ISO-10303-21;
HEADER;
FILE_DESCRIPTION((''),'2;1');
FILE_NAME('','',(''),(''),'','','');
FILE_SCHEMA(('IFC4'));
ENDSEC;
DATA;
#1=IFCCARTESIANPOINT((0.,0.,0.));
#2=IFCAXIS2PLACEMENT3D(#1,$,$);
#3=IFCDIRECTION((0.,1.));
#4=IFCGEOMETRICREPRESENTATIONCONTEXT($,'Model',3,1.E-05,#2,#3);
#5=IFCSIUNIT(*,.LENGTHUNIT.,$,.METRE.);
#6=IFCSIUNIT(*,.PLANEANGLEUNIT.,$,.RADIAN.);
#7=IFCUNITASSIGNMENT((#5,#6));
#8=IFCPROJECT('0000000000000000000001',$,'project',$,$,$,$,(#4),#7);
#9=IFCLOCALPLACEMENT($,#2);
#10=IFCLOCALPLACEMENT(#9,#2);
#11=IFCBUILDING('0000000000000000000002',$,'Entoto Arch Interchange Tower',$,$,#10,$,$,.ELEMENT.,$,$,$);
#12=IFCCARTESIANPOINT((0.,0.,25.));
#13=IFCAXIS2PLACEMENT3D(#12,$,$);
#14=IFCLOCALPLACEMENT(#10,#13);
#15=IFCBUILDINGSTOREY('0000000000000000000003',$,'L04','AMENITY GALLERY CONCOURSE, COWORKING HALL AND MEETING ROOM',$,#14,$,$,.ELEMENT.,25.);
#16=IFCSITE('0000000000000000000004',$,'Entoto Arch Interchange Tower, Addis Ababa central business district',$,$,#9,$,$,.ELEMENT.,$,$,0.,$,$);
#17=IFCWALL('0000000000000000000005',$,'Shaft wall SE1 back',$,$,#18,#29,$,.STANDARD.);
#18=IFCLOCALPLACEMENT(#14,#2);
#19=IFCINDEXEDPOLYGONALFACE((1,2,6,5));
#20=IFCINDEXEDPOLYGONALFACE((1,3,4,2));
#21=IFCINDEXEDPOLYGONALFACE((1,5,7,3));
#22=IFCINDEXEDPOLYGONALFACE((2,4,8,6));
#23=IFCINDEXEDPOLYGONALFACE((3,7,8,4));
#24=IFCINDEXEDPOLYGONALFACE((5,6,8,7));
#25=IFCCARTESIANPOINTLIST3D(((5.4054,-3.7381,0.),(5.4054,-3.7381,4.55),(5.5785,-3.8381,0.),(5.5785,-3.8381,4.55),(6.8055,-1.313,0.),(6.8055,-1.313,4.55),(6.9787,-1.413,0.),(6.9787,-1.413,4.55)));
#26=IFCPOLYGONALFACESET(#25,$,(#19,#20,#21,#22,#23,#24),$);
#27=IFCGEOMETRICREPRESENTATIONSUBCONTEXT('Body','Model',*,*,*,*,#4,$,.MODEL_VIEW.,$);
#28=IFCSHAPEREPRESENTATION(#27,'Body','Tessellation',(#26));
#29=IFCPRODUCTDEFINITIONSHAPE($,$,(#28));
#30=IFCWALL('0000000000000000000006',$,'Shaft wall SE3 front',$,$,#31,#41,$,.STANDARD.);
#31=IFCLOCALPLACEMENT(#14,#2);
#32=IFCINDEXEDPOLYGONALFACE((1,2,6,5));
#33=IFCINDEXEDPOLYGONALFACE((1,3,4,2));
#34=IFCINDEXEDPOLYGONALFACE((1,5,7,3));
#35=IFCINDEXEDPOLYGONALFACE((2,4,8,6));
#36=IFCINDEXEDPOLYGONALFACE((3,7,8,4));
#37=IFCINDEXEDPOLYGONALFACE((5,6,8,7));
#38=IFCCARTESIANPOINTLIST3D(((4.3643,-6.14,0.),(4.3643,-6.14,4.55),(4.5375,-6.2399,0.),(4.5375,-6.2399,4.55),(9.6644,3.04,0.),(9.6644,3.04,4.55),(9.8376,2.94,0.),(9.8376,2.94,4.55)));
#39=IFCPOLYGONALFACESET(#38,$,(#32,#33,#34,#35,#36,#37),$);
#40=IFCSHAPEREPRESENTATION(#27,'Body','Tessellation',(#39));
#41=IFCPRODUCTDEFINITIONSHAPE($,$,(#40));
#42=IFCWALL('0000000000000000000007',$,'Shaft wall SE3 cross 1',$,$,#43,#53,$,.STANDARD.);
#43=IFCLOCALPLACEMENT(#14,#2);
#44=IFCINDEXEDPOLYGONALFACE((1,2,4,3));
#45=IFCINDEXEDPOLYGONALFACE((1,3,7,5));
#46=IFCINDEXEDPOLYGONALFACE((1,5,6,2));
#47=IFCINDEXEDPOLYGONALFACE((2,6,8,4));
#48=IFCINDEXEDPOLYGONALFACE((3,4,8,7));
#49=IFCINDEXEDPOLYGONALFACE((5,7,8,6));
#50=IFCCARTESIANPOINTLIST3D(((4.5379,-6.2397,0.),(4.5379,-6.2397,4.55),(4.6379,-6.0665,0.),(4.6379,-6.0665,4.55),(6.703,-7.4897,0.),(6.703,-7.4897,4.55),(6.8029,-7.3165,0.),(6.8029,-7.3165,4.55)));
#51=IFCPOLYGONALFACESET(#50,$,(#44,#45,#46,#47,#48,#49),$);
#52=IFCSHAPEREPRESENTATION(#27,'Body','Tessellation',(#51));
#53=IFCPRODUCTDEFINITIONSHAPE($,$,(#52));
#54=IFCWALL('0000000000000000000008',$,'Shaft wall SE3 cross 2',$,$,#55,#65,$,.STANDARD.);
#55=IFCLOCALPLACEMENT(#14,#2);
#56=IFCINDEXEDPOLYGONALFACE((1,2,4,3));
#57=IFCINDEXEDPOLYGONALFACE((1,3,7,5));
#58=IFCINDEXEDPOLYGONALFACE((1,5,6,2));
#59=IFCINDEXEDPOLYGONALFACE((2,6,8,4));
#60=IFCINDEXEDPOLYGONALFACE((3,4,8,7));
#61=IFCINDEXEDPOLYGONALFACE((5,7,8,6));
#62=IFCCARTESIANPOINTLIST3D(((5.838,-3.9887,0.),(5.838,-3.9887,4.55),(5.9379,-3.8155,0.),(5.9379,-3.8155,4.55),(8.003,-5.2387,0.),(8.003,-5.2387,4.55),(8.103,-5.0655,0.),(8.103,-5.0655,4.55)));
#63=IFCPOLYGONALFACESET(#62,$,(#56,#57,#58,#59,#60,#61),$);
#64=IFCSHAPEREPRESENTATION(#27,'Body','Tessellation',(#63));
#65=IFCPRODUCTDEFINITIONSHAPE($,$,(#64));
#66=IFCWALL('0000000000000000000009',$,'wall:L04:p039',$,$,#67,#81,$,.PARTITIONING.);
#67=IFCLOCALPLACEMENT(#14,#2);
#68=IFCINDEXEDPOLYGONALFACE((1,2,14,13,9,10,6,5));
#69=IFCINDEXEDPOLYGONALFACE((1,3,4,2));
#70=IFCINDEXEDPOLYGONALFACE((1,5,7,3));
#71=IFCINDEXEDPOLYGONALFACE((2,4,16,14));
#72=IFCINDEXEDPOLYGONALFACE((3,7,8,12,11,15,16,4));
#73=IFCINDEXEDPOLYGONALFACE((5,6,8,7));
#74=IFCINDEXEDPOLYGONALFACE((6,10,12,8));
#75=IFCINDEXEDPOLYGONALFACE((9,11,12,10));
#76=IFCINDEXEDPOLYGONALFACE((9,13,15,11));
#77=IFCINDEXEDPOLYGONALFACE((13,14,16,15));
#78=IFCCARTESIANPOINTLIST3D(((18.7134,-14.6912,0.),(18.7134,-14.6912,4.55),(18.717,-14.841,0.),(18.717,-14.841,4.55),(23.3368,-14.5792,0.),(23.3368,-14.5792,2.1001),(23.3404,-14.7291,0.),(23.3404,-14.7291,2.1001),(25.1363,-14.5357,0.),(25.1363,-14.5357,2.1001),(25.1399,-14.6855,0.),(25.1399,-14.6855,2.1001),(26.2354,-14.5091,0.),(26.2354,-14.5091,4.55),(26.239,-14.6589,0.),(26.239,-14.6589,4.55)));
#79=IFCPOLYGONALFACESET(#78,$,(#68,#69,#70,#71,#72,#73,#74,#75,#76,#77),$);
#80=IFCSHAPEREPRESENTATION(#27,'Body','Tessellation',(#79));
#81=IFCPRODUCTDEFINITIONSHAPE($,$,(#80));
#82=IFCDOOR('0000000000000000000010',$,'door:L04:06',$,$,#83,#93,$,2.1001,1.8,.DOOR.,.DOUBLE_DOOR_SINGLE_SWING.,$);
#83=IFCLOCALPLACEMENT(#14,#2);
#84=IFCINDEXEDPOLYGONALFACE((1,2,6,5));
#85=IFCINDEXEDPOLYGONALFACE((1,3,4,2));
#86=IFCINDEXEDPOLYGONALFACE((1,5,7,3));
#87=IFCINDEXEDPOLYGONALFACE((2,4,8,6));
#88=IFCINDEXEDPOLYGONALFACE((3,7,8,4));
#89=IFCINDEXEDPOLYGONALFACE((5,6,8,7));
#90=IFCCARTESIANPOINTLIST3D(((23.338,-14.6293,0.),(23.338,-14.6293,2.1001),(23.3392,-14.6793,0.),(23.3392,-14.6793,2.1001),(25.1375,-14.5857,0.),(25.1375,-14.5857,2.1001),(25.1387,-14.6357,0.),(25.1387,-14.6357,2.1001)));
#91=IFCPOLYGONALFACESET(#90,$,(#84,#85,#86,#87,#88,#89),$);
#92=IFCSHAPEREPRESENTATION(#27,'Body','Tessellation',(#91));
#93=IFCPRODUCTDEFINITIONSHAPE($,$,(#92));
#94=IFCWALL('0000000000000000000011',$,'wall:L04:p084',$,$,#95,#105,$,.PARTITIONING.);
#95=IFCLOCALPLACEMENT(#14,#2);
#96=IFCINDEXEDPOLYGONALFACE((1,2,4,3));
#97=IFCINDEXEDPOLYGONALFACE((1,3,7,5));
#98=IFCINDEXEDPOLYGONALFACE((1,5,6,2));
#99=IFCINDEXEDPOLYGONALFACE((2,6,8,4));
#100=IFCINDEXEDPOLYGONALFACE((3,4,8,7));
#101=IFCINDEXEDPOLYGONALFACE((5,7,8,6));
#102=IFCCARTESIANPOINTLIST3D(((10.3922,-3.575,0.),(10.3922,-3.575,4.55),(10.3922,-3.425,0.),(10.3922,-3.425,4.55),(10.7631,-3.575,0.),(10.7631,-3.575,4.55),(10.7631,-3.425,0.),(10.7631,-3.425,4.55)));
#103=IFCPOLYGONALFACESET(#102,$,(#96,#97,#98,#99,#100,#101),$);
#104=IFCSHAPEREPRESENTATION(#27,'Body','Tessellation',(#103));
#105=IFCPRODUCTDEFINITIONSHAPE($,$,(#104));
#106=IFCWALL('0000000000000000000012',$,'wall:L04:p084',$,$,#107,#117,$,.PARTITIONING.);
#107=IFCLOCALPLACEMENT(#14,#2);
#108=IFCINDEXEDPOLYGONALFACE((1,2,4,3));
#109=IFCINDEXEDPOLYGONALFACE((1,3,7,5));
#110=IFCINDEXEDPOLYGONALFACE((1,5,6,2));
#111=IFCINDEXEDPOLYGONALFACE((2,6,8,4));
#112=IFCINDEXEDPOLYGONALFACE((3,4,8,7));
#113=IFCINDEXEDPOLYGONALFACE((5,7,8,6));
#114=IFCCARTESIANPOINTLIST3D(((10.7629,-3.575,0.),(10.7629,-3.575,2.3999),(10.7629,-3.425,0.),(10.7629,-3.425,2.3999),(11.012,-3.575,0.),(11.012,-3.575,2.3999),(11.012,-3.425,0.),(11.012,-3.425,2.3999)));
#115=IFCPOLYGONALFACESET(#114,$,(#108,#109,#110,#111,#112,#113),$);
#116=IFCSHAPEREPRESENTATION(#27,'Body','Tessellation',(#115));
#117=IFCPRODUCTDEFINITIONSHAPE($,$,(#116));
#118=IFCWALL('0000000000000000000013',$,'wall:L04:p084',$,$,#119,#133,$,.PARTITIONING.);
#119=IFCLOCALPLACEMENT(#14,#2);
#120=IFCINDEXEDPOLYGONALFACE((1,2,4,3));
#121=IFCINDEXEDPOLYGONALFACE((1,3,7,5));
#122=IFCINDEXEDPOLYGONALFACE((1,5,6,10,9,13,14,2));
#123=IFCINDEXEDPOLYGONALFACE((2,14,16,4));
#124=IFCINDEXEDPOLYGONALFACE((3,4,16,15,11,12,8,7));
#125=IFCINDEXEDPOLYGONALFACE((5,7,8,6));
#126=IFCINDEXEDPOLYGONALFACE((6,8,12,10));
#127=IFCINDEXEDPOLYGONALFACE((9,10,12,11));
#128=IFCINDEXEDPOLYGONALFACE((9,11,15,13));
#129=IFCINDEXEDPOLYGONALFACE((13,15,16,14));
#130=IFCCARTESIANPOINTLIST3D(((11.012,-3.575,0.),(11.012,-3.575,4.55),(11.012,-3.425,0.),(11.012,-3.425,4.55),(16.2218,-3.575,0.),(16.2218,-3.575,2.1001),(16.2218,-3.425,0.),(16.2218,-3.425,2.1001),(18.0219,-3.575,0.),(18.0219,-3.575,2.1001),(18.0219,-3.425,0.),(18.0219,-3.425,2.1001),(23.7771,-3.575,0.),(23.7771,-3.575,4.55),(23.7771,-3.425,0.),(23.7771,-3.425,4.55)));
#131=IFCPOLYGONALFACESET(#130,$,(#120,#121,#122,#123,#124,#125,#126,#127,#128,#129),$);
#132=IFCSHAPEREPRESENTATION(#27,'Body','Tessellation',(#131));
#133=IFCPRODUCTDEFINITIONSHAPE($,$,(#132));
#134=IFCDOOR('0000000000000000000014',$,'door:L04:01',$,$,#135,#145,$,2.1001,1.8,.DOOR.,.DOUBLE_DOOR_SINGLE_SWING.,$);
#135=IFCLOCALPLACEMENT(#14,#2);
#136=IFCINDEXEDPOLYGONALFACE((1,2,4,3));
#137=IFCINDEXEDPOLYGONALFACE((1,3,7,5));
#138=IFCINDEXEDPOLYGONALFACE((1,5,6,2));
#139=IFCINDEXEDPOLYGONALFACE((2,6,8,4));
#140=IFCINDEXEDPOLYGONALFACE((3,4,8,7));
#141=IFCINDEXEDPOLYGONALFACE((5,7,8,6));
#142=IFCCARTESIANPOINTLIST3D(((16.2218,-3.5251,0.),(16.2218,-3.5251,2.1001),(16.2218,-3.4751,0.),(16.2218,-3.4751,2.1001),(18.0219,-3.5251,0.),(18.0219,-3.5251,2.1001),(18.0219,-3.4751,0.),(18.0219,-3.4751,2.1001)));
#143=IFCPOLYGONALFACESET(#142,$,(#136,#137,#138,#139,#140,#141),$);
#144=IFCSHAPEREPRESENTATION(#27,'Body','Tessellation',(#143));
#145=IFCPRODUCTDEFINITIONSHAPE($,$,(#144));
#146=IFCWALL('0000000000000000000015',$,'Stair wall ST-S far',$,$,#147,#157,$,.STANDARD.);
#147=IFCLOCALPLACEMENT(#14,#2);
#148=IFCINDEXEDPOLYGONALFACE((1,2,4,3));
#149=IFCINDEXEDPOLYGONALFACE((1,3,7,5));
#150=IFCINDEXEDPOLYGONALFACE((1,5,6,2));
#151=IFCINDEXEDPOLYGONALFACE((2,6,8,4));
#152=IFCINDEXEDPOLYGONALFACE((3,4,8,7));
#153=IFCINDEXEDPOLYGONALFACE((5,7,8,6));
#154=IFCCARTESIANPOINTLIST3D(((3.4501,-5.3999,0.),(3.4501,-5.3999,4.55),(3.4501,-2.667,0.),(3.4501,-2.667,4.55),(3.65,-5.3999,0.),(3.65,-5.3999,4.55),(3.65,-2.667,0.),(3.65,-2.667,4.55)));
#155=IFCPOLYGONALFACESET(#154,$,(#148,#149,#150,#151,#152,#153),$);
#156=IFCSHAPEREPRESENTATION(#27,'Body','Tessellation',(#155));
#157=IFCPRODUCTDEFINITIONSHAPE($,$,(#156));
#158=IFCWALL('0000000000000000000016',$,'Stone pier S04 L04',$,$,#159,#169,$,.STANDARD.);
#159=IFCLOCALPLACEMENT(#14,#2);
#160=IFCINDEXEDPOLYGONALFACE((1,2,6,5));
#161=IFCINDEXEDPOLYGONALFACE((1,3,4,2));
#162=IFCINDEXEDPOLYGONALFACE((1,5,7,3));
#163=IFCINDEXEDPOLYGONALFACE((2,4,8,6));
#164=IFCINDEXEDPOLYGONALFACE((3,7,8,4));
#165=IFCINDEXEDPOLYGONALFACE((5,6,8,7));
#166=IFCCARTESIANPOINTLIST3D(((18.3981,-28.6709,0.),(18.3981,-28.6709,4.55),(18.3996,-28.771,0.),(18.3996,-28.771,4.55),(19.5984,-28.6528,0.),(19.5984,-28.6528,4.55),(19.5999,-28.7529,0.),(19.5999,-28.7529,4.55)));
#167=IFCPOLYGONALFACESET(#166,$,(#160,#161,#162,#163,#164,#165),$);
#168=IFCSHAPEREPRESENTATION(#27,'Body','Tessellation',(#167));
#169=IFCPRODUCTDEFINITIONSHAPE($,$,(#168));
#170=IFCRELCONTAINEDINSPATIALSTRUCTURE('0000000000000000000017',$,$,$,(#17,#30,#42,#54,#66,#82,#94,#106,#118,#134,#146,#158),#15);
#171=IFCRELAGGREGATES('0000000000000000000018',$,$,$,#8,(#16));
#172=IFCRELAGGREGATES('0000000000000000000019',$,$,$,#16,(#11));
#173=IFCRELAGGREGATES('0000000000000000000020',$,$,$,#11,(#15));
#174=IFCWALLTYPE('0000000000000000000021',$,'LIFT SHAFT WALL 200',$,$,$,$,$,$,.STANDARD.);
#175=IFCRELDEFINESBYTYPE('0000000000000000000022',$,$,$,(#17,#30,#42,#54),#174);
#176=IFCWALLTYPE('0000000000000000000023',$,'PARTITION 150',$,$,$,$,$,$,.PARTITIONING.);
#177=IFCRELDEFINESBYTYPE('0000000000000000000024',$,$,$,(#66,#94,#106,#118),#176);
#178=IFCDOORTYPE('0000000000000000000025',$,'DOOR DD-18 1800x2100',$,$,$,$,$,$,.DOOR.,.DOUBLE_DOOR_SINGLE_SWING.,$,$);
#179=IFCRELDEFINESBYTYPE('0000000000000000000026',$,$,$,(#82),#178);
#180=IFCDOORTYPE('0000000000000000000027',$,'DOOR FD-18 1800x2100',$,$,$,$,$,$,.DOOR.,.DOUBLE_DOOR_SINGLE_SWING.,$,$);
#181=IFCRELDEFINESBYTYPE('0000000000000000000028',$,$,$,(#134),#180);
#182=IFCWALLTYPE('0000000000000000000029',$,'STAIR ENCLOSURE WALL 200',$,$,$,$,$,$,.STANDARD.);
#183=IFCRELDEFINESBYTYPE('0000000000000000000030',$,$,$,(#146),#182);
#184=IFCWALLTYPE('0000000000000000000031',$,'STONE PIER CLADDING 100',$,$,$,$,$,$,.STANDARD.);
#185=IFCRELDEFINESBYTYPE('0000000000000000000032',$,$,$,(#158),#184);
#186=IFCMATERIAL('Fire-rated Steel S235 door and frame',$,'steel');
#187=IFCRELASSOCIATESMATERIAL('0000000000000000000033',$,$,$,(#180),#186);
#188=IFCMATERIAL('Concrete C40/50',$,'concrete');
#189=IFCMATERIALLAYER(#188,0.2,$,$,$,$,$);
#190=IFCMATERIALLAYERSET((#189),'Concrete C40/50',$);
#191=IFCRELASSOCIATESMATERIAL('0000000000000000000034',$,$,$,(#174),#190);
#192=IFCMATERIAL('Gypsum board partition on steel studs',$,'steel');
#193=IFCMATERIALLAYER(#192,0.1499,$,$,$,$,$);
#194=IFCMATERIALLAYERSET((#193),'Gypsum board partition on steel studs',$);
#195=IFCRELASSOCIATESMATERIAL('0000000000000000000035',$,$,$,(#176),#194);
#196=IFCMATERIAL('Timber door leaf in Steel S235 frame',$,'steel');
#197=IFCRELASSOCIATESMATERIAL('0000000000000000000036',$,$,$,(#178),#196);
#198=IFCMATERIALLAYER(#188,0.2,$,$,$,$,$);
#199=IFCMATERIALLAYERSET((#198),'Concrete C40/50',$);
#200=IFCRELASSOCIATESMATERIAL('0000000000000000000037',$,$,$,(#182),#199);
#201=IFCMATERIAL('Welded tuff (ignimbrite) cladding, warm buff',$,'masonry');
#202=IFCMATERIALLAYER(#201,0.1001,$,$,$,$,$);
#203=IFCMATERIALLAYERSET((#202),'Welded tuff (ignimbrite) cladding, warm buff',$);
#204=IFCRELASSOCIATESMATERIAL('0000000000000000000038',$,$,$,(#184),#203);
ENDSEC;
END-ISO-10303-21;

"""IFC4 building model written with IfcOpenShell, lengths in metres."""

from ifc_helpers import new_model, si_unit, direction, frame, frame_2d, origin, place, context, subcontext, project, spatial, rectangle, extrude, material, layer, layer_set, type_object, element, fill, save


model = new_model("IFC4")

# Units and contexts
model_context = context("Model", 3, precision=1e-05, world=origin(), true_north=direction((0.0, 1.0)))
body_context = subcontext(model_context, "Body", "Model", "MODEL_VIEW")
ifc_project = project(units=[si_unit("LENGTHUNIT", "METRE"), si_unit("PLANEANGLEUNIT", "RADIAN")], contexts=[model_context])

# Site, building, storey
site_placement = place(None, origin())
site = spatial("IfcSite", under=ifc_project, at=site_placement, Name="Entoto Arch Interchange Tower, Addis Ababa central business district", CompositionType="ELEMENT", RefElevation=0.0)
building_placement = place(site_placement, origin())
building = spatial("IfcBuilding", under=site, at=building_placement, Name="Entoto Arch Interchange Tower", CompositionType="ELEMENT")
storey_placement = place(building_placement, frame((0.0, 0.0, 25.0)))
storey = spatial("IfcBuildingStorey", under=building, at=storey_placement, Name="L04", Description="AMENITY GALLERY CONCOURSE, COWORKING HALL AND MEETING ROOM", CompositionType="ELEMENT", Elevation=25.0)

# Shared definitions
ifc_material_1 = material(Name="Fire-rated Steel S235 door and frame", Category="steel")
door_type_1 = type_object("IfcDoorType", Name="DOOR FD-18 1800x2100", OperationType="DOUBLE_DOOR_SINGLE_SWING", PredefinedType="DOOR", material=ifc_material_1)
ifc_material_2 = material(Name="Concrete C40/50", Category="concrete")

# Walls
ifc_layer_1 = layer(ifc_material_2, 0.2)
ifc_layer_set_1 = layer_set([ifc_layer_1], Name="Concrete C40/50")
wall_type_1 = type_object("IfcWallType", Name="LIFT SHAFT WALL 200", PredefinedType="STANDARD", material=ifc_layer_set_1)
wall_1_placement = place(storey_placement, frame((5.4919, -3.7881, 0.0), z_axis=(0.0, 0.0, 1.0), x_axis=(0.500012, 0.866019, 0.0)))
element("IfcWall", 1, at=wall_1_placement, inside=storey, type_object=wall_type_1, Name="Shaft wall SE1 back", PredefinedType="STANDARD", context=body_context, shape_type="SweptSolid", body=[
    extrude(rectangle(XDim=2.8003, YDim=0.2, at=frame_2d((1.4001, 0.0))), origin(), (0.0, 0.0, 1.0), 4.55),
])
wall_2_placement = place(storey_placement, frame((4.4509, -6.1899, 0.0), z_axis=(0.0, 0.0, 1.0), x_axis=(0.500001, 0.866025, 0.0)))
element("IfcWall", 2, at=wall_2_placement, inside=storey, type_object=wall_type_1, Name="Shaft wall SE3 front", PredefinedType="STANDARD", context=body_context, shape_type="SweptSolid", body=[
    extrude(rectangle(XDim=10.6001, YDim=0.2, at=frame_2d((5.3, 0.0))), origin(), (0.0, 0.0, 1.0), 4.55),
])
for number, where, z_axis, x_axis, name in (
    (3, (4.5879, -6.1531, 0.0), (0.0, 0.0, 1.0), (0.866023, -0.500004, 0.0), "Shaft wall SE3 cross 1"),
    (4, (5.8879, -3.9021, 0.0), (0.0, 0.0, 1.0), (0.866023, -0.500004, 0.0), "Shaft wall SE3 cross 2"),
):
    element("IfcWall", number, at=place(storey_placement, frame(where, z_axis=z_axis, x_axis=x_axis)), inside=storey, type_object=wall_type_1, Name=name, PredefinedType="STANDARD", context=body_context, shape_type="SweptSolid", body=[
        extrude(rectangle(XDim=2.5, YDim=0.2, at=frame_2d((1.25, 0.0))), origin(), (0.0, 0.0, 1.0), 4.55),
    ])

# Wall, opening, door
ifc_material_3 = material(Name="Gypsum board partition on steel studs", Category="steel")
ifc_layer_2 = layer(ifc_material_3, 0.1499)
ifc_layer_set_2 = layer_set([ifc_layer_2], Name="Gypsum board partition on steel studs")
wall_type_2 = type_object("IfcWallType", Name="PARTITION 150", PredefinedType="PARTITIONING", material=ifc_layer_set_2)
wall_3_placement = place(storey_placement, frame((18.7151, -14.7661, 0.0), z_axis=(0.0, 0.0, 1.0), x_axis=(0.999707, 0.024206, 0.0)))
wall_3 = element("IfcWall", 5, at=wall_3_placement, inside=storey, type_object=wall_type_2, Name="wall:L04:p039", PredefinedType="PARTITIONING", context=body_context, shape_type="SweptSolid", body=[
    extrude(rectangle(XDim=7.5242, YDim=0.1499, at=frame_2d((3.7622, 0.0))), origin(), (0.0, 0.0, 1.0), 4.55),
])
opening_1_placement = place(wall_3_placement, frame((4.625, 0.0, 0.0)))
opening_1 = element("IfcOpeningElement", 6, at=opening_1_placement, cuts=wall_3, PredefinedType="OPENING", context=body_context, shape_type="SweptSolid", body=[
    extrude(rectangle(XDim=1.8, YDim=2.1001, at=frame_2d((0.8999, 1.05))), frame((0.0, 0.085, 0.0), z_axis=(0.0, -1.0, 0.0), x_axis=(1.0, 0.0, 0.0)), (0.0, 0.0, 1.0), 0.1699),
])
ifc_material_4 = material(Name="Timber door leaf in Steel S235 frame", Category="steel")
door_type_2 = type_object("IfcDoorType", Name="DOOR DD-18 1800x2100", OperationType="DOUBLE_DOOR_SINGLE_SWING", PredefinedType="DOOR", material=ifc_material_4)
door_1_placement = place(opening_1_placement, origin())
door_1 = element("IfcDoor", 7, at=door_1_placement, inside=storey, type_object=door_type_2, Name="door:L04:06", OperationType="DOUBLE_DOOR_SINGLE_SWING", OverallHeight=2.1001, OverallWidth=1.8, PredefinedType="DOOR", context=body_context, shape_type="SweptSolid", body=[
    extrude(rectangle(XDim=1.8, YDim=2.1001, at=frame_2d((0.8999, 1.05))), frame((0.0, 0.0249, 0.0), z_axis=(0.0, -1.0, 0.0), x_axis=(1.0, 0.0, 0.0)), (0.0, 0.0, 1.0), 0.05),
])
fill(opening_1, door_1)

# Walls
wall_4_placement = place(storey_placement, frame((10.3921, -3.5, 0.0), z_axis=(0.0, 0.0, 1.0), x_axis=(1.0, 0.0, 0.0)))
element("IfcWall", 8, at=wall_4_placement, inside=storey, type_object=wall_type_2, Name="wall:L04:p084", PredefinedType="PARTITIONING", context=body_context, shape_type="SweptSolid", body=[
    extrude(rectangle(XDim=0.3708, YDim=0.1499, at=frame_2d((0.1855, 0.0))), origin(), (0.0, 0.0, 1.0), 4.55),
])
wall_5_placement = place(storey_placement, frame((10.7629, -3.5, 0.0), z_axis=(0.0, 0.0, 1.0), x_axis=(1.0, 0.0, 0.0)))
element("IfcWall", 9, at=wall_5_placement, inside=storey, type_object=wall_type_2, Name="wall:L04:p084", PredefinedType="PARTITIONING", context=body_context, shape_type="SweptSolid", body=[
    extrude(rectangle(XDim=0.249, YDim=0.1499, at=frame_2d((0.1245, 0.0))), origin(), (0.0, 0.0, 1.0), 2.3999),
])

# Wall, opening, door
wall_6_placement = place(storey_placement, frame((11.012, -3.5, 0.0), z_axis=(0.0, 0.0, 1.0), x_axis=(1.0, 0.0, 0.0)))
wall_6 = element("IfcWall", 10, at=wall_6_placement, inside=storey, type_object=wall_type_2, Name="wall:L04:p084", PredefinedType="PARTITIONING", context=body_context, shape_type="SweptSolid", body=[
    extrude(rectangle(XDim=12.7651, YDim=0.1499, at=frame_2d((6.3826, 0.0))), origin(), (0.0, 0.0, 1.0), 4.55),
])
opening_2_placement = place(wall_6_placement, frame((5.21, 0.0, 0.0)))
opening_2 = element("IfcOpeningElement", 11, at=opening_2_placement, cuts=wall_6, PredefinedType="OPENING", context=body_context, shape_type="SweptSolid", body=[
    extrude(rectangle(XDim=1.8, YDim=2.1001, at=frame_2d((0.8999, 1.05))), frame((0.0, 0.085, 0.0), z_axis=(0.0, -1.0, 0.0), x_axis=(1.0, 0.0, 0.0)), (0.0, 0.0, 1.0), 0.1699),
])
door_2_placement = place(opening_2_placement, origin())
door_2 = element("IfcDoor", 12, at=door_2_placement, inside=storey, type_object=door_type_1, Name="door:L04:01", OperationType="DOUBLE_DOOR_SINGLE_SWING", OverallHeight=2.1001, OverallWidth=1.8, PredefinedType="DOOR", context=body_context, shape_type="SweptSolid", body=[
    extrude(rectangle(XDim=1.8, YDim=2.1001, at=frame_2d((0.8999, 1.05))), frame((0.0, 0.0249, 0.0), z_axis=(0.0, -1.0, 0.0), x_axis=(1.0, 0.0, 0.0)), (0.0, 0.0, 1.0), 0.05),
])
fill(opening_2, door_2)

# Walls
ifc_layer_3 = layer(ifc_material_2, 0.2)
ifc_layer_set_3 = layer_set([ifc_layer_3], Name="Concrete C40/50")
wall_type_3 = type_object("IfcWallType", Name="STAIR ENCLOSURE WALL 200", PredefinedType="STANDARD", material=ifc_layer_set_3)
wall_7_placement = place(storey_placement, frame((3.55, -2.667, 0.0), z_axis=(0.0, 0.0, 1.0), x_axis=(0.0, -1.0, 0.0)))
element("IfcWall", 13, at=wall_7_placement, inside=storey, type_object=wall_type_3, Name="Stair wall ST-S far", PredefinedType="STANDARD", context=body_context, shape_type="SweptSolid", body=[
    extrude(rectangle(XDim=2.7329, YDim=0.2, at=frame_2d((1.3665, 0.0))), origin(), (0.0, 0.0, 1.0), 4.55),
])
ifc_material_5 = material(Name="Welded tuff (ignimbrite) cladding, warm buff", Category="masonry")
ifc_layer_4 = layer(ifc_material_5, 0.1001)
ifc_layer_set_4 = layer_set([ifc_layer_4], Name="Welded tuff (ignimbrite) cladding, warm buff")
wall_type_4 = type_object("IfcWallType", Name="STONE PIER CLADDING 100", PredefinedType="STANDARD", material=ifc_layer_set_4)
wall_8_placement = place(storey_placement, frame((18.3989, -28.7209, 0.0), z_axis=(0.0, 0.0, 1.0), x_axis=(0.999887, 0.015051, 0.0)))
element("IfcWall", 14, at=wall_8_placement, inside=storey, type_object=wall_type_4, Name="Stone pier S04 L04", PredefinedType="STANDARD", context=body_context, shape_type="SweptSolid", body=[
    extrude(rectangle(XDim=1.2004, YDim=0.1001, at=frame_2d((0.6001, 0.0))), origin(), (0.0, 0.0, 1.0), 4.55),
])

save(model, "model.ifc")
